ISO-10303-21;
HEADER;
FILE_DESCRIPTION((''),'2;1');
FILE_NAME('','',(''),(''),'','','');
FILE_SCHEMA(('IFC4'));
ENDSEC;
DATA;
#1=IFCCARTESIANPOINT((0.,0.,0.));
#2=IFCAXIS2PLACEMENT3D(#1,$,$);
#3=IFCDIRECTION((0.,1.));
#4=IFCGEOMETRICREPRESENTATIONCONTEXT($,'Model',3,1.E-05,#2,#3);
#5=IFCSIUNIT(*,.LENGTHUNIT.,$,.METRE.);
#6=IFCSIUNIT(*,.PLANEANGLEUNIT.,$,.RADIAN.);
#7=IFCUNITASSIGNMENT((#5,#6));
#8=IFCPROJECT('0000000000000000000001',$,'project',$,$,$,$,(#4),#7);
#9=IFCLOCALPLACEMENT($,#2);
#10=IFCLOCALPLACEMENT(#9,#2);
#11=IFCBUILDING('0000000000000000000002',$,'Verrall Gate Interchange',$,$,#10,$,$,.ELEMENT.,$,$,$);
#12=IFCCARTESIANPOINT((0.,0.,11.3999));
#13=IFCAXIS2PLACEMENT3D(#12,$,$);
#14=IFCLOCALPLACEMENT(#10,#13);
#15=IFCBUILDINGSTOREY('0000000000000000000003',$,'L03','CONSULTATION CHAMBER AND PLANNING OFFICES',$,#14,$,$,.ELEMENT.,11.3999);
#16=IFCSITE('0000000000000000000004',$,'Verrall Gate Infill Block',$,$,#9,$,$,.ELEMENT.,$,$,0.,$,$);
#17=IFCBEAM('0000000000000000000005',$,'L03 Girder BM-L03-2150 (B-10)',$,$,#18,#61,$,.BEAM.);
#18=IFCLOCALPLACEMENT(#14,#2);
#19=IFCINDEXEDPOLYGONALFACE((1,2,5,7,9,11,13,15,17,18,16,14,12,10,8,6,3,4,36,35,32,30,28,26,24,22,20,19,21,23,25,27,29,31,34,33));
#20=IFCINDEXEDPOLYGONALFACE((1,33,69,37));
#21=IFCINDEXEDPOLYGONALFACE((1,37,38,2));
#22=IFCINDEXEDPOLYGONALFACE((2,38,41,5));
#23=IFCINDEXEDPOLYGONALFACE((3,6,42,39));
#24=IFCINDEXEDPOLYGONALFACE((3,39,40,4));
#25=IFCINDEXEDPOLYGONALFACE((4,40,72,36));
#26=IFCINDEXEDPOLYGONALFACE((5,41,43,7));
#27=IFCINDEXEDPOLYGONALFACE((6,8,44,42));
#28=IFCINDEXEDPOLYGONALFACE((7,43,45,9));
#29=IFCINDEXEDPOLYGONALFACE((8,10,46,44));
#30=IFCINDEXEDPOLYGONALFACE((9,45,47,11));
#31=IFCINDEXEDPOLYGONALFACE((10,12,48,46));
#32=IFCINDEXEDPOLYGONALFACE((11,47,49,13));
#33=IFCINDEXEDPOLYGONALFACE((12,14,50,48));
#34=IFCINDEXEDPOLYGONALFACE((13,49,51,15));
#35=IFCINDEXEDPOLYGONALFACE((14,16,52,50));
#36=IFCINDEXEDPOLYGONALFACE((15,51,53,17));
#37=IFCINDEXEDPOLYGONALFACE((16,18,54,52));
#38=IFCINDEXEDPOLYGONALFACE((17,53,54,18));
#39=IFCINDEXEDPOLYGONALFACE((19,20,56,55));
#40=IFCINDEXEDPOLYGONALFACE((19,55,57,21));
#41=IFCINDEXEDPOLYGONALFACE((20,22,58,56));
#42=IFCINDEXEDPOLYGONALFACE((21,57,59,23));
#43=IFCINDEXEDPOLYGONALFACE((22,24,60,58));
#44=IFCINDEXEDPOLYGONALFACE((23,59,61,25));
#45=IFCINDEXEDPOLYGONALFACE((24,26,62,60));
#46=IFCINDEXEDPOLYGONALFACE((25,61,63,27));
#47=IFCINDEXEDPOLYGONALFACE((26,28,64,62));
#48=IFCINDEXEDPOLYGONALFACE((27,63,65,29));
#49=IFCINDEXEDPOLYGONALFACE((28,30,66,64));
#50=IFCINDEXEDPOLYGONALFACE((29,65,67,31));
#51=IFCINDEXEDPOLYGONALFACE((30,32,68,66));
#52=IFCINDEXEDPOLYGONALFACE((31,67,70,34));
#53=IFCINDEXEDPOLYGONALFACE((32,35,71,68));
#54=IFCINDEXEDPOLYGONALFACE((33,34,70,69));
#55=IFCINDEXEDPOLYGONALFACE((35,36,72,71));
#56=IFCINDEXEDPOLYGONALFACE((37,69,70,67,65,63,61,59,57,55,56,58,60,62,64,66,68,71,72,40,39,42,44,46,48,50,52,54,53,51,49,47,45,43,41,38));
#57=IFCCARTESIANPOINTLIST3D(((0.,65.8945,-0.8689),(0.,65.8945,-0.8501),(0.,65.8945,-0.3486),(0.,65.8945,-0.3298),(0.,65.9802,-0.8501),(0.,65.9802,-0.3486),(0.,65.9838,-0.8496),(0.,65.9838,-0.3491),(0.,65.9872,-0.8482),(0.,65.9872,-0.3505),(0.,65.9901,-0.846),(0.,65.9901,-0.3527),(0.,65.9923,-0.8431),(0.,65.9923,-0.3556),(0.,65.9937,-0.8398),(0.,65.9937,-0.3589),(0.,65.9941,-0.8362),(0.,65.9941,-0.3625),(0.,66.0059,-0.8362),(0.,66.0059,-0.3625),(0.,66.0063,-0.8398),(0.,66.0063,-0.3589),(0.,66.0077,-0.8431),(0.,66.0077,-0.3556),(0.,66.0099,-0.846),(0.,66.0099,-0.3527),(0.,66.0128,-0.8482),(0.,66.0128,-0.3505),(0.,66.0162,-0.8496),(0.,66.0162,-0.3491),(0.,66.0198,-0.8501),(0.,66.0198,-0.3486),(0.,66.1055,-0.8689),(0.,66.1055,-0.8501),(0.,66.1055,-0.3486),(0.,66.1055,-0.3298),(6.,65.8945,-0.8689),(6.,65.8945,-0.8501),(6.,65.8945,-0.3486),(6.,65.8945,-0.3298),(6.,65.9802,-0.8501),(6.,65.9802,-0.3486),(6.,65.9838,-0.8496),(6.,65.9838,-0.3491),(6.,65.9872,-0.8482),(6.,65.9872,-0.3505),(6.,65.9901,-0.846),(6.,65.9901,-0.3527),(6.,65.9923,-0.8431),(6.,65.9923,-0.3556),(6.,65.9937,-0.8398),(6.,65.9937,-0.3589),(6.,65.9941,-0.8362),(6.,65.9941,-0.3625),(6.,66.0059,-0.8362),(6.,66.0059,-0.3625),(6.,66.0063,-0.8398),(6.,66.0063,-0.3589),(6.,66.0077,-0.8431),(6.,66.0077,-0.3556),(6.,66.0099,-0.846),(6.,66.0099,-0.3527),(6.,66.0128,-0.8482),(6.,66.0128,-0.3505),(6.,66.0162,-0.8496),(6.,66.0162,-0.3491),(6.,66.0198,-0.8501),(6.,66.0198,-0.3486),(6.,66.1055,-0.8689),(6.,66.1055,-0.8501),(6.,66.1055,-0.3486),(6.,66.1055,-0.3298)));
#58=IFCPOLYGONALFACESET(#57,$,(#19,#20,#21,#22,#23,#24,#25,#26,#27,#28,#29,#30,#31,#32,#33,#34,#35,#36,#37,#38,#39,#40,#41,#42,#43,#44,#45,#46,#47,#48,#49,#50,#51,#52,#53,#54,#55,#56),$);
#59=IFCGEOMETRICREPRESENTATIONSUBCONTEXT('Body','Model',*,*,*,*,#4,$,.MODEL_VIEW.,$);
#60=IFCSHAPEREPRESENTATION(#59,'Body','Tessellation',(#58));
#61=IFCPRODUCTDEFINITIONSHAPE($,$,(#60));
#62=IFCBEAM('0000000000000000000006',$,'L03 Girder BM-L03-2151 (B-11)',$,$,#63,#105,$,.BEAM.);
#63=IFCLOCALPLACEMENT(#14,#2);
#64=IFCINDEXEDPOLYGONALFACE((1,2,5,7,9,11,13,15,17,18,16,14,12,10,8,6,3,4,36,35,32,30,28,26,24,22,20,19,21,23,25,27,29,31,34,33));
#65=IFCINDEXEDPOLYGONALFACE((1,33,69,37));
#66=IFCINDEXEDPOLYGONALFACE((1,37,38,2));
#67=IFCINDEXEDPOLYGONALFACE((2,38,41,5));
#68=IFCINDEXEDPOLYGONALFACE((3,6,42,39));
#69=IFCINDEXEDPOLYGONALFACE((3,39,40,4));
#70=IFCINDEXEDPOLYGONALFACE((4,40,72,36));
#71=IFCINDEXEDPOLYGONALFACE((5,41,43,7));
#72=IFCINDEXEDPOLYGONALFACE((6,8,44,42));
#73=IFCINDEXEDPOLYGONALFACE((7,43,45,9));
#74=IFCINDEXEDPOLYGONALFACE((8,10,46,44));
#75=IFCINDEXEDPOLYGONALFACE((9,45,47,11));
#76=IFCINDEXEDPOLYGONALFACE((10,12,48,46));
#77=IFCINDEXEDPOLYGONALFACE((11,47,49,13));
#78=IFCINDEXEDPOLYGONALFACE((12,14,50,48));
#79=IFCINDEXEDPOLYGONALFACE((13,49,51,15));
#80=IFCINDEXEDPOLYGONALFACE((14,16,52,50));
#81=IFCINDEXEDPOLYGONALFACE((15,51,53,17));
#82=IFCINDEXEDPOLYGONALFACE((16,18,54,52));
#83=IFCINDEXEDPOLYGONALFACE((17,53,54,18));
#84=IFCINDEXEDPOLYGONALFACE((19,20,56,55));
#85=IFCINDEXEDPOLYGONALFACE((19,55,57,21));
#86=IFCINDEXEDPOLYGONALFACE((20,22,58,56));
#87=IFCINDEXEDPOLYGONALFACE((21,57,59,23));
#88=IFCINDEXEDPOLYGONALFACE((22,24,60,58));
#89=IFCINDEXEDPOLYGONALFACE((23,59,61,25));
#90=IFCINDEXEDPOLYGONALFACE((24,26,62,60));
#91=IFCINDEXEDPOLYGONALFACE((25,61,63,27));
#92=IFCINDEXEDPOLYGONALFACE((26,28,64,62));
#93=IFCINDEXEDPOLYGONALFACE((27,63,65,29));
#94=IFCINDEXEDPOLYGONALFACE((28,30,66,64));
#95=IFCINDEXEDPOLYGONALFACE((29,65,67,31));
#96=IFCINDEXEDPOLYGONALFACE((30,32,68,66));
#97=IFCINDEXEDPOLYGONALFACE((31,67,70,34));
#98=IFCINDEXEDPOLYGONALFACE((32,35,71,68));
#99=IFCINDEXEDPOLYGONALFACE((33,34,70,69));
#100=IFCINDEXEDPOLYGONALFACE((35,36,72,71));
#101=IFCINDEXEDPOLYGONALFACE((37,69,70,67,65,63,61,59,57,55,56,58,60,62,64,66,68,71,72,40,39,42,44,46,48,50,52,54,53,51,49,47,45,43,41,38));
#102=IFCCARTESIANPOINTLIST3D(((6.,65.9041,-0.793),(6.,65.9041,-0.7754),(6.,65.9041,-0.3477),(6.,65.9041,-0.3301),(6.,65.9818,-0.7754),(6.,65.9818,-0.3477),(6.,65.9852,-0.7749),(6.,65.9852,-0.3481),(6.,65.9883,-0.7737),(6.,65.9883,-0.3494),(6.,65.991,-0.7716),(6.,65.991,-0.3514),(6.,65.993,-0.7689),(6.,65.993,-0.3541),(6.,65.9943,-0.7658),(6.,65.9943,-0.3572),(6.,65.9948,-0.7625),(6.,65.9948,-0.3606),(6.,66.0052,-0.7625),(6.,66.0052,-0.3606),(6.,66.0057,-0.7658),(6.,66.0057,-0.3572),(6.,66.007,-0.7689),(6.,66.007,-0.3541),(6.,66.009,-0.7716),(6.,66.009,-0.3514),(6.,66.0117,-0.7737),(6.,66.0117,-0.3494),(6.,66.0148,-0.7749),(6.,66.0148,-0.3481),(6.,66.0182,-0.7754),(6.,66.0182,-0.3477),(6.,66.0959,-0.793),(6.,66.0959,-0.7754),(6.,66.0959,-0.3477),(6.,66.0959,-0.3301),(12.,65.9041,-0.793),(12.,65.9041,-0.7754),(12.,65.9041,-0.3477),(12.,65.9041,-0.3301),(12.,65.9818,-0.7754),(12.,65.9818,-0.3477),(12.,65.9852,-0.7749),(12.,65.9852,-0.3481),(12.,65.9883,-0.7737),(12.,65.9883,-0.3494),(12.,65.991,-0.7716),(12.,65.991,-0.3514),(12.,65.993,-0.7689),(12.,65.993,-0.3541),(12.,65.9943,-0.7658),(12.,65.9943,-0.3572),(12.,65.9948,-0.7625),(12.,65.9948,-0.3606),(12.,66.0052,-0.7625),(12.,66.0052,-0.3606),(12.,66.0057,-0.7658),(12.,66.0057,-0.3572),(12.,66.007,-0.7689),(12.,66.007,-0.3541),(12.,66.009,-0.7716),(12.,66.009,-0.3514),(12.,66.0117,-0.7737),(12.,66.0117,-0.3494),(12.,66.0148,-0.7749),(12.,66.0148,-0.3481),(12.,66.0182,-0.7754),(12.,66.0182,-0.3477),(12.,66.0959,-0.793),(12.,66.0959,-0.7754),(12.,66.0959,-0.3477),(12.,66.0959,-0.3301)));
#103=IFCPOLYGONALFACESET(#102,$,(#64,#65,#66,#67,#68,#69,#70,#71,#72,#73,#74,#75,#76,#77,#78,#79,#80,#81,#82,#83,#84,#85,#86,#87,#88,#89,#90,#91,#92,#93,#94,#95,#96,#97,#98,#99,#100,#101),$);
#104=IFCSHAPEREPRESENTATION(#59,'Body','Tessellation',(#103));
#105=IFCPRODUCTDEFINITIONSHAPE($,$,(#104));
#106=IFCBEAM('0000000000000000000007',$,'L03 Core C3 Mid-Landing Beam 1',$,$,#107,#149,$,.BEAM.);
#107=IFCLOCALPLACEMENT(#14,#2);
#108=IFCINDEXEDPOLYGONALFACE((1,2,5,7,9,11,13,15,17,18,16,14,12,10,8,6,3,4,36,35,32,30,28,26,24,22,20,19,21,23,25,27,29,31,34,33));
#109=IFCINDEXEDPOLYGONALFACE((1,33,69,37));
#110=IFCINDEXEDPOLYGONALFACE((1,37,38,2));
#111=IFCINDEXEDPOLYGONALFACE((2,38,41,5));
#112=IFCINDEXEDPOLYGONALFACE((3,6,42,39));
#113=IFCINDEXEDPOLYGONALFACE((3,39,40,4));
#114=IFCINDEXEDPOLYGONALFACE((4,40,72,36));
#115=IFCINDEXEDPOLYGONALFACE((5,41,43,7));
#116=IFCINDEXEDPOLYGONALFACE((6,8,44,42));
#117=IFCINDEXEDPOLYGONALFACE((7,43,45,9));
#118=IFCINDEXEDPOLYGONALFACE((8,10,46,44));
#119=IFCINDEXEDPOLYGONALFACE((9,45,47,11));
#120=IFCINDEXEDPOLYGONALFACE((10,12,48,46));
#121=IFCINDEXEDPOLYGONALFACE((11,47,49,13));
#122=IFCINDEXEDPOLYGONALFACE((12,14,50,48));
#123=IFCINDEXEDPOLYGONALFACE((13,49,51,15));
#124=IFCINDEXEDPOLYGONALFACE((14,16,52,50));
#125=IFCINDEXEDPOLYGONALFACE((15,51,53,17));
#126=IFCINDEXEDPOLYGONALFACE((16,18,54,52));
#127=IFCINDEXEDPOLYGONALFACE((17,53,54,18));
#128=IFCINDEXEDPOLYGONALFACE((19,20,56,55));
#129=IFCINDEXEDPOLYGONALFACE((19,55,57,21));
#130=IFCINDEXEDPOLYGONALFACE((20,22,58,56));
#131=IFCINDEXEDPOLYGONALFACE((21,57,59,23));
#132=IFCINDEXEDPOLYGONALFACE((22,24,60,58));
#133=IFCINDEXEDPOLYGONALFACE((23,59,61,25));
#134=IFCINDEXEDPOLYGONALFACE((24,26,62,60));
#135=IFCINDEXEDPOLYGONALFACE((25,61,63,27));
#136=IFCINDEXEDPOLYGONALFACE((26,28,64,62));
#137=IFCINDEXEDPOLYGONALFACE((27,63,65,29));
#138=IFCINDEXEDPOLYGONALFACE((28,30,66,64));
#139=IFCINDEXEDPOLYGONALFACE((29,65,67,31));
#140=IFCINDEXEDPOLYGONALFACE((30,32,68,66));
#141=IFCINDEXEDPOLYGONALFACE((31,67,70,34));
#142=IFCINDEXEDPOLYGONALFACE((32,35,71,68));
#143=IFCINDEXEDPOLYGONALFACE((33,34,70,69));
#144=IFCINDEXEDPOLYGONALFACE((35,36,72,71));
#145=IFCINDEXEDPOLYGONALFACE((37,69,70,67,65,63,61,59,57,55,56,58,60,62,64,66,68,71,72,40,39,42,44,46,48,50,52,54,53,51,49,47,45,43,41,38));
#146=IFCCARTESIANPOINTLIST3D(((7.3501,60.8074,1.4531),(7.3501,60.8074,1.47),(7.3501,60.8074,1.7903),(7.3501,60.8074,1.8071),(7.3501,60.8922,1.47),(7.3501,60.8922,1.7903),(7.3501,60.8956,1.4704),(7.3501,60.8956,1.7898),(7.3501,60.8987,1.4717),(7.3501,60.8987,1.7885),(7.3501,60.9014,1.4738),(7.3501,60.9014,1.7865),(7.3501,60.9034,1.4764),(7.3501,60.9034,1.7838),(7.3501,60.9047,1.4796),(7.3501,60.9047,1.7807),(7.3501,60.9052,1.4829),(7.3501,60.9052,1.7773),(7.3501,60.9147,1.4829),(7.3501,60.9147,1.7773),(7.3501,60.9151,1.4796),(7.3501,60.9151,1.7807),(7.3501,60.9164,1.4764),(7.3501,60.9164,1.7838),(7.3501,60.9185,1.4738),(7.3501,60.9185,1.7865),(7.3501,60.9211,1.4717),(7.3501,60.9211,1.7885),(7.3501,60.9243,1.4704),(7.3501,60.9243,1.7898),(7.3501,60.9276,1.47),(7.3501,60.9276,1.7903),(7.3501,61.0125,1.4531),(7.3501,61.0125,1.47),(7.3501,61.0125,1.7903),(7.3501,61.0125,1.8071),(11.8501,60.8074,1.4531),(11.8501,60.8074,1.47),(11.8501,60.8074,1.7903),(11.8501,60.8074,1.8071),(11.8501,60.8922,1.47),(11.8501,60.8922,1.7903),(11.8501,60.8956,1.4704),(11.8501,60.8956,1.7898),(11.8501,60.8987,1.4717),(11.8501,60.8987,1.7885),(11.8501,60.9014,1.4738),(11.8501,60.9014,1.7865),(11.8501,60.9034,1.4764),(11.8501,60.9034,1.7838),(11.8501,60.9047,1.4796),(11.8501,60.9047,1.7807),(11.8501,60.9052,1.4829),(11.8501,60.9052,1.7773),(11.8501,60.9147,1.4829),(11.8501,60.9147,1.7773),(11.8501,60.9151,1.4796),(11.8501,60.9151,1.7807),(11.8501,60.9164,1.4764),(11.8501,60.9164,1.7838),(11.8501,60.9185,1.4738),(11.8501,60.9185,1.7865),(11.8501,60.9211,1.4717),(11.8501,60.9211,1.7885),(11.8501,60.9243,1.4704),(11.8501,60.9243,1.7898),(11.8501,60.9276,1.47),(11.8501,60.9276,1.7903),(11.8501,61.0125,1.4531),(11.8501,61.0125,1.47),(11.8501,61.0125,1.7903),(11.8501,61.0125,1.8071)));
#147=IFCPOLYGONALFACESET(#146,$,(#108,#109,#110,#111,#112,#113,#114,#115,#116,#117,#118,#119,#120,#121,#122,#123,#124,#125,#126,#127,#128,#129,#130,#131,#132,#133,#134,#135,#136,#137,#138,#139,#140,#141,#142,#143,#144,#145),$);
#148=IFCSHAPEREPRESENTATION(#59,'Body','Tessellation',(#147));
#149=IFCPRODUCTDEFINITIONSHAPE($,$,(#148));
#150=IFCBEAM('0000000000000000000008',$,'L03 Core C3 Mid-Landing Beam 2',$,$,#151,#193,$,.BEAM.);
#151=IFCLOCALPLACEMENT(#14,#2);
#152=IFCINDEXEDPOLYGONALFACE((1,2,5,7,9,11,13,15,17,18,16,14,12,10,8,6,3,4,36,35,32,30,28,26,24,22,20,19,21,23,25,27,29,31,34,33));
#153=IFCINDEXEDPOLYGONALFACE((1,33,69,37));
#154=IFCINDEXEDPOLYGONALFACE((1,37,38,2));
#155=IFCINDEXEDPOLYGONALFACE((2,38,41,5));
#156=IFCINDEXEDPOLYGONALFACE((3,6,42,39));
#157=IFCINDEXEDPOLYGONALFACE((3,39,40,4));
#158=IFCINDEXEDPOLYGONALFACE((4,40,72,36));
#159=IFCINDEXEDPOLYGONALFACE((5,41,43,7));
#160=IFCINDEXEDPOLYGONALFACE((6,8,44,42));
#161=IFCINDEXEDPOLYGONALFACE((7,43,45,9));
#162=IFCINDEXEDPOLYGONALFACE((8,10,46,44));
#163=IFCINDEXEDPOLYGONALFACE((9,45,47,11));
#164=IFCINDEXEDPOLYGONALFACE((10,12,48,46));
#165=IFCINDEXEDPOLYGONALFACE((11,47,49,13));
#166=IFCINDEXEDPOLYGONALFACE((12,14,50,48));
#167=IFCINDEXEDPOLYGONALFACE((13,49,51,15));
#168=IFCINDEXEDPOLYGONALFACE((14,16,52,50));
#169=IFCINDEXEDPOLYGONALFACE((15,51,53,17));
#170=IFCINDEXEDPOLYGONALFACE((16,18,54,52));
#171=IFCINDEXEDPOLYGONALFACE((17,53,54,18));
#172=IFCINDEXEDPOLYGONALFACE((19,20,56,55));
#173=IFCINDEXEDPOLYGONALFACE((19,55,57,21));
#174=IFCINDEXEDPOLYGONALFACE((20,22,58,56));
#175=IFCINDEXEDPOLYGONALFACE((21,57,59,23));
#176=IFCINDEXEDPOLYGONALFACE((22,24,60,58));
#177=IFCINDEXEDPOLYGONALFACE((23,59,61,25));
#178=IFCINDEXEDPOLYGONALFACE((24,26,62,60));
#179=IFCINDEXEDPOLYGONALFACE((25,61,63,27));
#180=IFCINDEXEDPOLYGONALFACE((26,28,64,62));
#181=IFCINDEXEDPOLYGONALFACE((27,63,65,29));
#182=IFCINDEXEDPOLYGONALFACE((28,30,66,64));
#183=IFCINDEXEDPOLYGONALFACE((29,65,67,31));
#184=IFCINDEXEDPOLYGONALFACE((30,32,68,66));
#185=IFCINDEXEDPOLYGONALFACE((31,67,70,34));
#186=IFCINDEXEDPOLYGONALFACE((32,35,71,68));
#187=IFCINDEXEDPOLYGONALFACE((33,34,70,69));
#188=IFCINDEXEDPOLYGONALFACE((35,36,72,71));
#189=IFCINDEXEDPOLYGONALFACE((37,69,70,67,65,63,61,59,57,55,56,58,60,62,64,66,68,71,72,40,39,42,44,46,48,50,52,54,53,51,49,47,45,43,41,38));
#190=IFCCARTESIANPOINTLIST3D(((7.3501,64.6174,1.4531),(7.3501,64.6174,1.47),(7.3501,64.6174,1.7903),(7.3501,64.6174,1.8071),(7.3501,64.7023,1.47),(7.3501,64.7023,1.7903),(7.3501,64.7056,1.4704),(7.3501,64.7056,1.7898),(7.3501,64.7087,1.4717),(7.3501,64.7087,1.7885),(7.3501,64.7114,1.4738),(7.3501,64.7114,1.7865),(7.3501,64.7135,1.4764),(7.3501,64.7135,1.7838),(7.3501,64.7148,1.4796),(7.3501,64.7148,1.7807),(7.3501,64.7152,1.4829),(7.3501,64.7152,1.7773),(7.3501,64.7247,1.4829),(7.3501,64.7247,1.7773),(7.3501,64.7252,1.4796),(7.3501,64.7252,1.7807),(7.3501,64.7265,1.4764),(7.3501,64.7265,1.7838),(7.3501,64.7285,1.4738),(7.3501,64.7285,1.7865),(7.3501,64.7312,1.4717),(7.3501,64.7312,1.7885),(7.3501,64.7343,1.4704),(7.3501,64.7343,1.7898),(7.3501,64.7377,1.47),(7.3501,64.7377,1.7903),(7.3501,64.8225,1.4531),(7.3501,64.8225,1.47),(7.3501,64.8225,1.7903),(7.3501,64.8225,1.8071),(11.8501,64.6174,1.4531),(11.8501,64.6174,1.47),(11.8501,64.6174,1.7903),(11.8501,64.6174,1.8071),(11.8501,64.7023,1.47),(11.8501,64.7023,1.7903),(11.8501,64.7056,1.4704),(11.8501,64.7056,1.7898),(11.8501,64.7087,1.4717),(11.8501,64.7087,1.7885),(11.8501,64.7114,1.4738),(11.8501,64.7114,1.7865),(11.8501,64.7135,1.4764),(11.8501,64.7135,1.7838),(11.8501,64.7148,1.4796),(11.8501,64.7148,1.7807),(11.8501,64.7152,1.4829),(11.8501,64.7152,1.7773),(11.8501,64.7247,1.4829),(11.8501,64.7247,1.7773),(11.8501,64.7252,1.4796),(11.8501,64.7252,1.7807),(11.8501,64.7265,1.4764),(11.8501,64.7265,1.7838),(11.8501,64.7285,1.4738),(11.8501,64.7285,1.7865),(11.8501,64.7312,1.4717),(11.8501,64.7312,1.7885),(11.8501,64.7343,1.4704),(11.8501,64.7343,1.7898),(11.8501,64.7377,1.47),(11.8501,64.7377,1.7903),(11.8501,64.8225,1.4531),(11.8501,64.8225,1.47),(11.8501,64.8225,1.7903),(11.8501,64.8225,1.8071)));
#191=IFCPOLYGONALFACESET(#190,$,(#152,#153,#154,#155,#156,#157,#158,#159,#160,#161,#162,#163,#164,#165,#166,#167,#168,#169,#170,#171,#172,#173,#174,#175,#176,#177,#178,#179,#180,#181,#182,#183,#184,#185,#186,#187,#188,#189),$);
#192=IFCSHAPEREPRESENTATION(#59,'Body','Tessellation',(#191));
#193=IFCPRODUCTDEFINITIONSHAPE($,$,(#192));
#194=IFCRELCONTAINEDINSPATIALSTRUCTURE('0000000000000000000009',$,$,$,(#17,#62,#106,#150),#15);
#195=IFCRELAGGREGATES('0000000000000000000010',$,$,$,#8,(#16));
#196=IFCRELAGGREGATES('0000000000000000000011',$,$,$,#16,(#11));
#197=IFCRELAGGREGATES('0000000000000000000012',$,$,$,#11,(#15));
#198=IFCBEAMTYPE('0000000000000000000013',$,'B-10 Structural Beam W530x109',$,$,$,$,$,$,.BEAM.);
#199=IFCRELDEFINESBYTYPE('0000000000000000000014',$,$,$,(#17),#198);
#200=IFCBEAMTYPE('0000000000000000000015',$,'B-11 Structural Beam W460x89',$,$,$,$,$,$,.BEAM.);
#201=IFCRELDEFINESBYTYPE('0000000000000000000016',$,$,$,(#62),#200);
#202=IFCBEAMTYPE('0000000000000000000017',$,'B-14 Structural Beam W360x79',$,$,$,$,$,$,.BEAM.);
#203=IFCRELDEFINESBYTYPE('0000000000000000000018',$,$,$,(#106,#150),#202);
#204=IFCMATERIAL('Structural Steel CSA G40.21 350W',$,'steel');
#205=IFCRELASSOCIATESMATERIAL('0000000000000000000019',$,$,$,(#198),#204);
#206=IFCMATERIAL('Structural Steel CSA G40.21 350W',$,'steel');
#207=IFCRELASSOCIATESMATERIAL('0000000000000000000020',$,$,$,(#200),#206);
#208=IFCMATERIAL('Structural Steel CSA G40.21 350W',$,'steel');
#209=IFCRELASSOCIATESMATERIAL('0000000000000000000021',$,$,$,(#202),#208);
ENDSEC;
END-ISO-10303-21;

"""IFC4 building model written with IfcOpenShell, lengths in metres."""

from ifc_helpers import new_model, si_unit, direction, frame, origin, origin_2d, place, context, subcontext, project, spatial, i_section, extrude, material, material_profile, profile_set, type_object, element, save


model = new_model("IFC4")

# Units and contexts
model_context = context("Model", 3, precision=1e-05, world=origin(), true_north=direction((0.0, 1.0)))
body_context = subcontext(model_context, "Body", "Model", "MODEL_VIEW")
ifc_project = project(units=[si_unit("LENGTHUNIT", "METRE"), si_unit("PLANEANGLEUNIT", "RADIAN")], contexts=[model_context])

# Site, building, storey
site_placement = place(None, origin())
site = spatial("IfcSite", under=ifc_project, at=site_placement, Name="Verrall Gate Infill Block", CompositionType="ELEMENT", RefElevation=0.0)
building_placement = place(site_placement, origin())
building = spatial("IfcBuilding", under=site, at=building_placement, Name="Verrall Gate Interchange", CompositionType="ELEMENT")
storey_placement = place(building_placement, frame((0.0, 0.0, 11.3999)))
storey = spatial("IfcBuildingStorey", under=building, at=storey_placement, Name="L03", Description="CONSULTATION CHAMBER AND PLANNING OFFICES", CompositionType="ELEMENT", Elevation=11.3999)

# Beams
ifc_material_1 = material(Name="Structural Steel CSA G40.21 350W", Category="steel")
ifc_material_profile_1 = material_profile(ifc_material_1, i_section(OverallWidth=0.2109, OverallDepth=0.5391, WebThickness=0.0117, FlangeThickness=0.0188, FilletRadius=0.0139, at=origin_2d()), Name="W530x109")
ifc_profile_set_1 = profile_set([ifc_material_profile_1], Name="Structural Steel CSA G40.21 350W")
beam_type_1 = type_object("IfcBeamType", Name="B-10 Structural Beam W530x109", PredefinedType="BEAM", material=ifc_profile_set_1)
for number, where, z_axis, x_axis, name in (
    (1, (0.0, 66.0, -0.5994), (1.0, 0.0, 0.0), (0.0, 1.0, 0.0), "L03 Girder BM-L03-2150 (B-10)"),
):
    element("IfcBeam", number, at=place(storey_placement, frame(where, z_axis=z_axis, x_axis=x_axis)), inside=storey, type_object=beam_type_1, Name=name, PredefinedType="BEAM", context=body_context, shape_type="SweptSolid", body=[
        extrude(i_section(OverallWidth=0.2109, OverallDepth=0.5391, WebThickness=0.0117, FlangeThickness=0.0188, FilletRadius=0.0139, at=origin_2d()), origin(), (0.0, 0.0, 1.0), 6.0),
    ])
ifc_material_2 = material(Name="Structural Steel CSA G40.21 350W", Category="steel")
ifc_material_profile_2 = material_profile(ifc_material_2, i_section(OverallWidth=0.1919, OverallDepth=0.4629, WebThickness=0.0105, FlangeThickness=0.0176, FilletRadius=0.0129, at=origin_2d()), Name="W460x89")
ifc_profile_set_2 = profile_set([ifc_material_profile_2], Name="Structural Steel CSA G40.21 350W")
beam_type_2 = type_object("IfcBeamType", Name="B-11 Structural Beam W460x89", PredefinedType="BEAM", material=ifc_profile_set_2)
beam_1_placement = place(storey_placement, frame((6.0, 66.0, -0.5615), z_axis=(1.0, 0.0, 0.0), x_axis=(0.0, 1.0, 0.0)))
element("IfcBeam", 2, at=beam_1_placement, inside=storey, type_object=beam_type_2, Name="L03 Girder BM-L03-2151 (B-11)", PredefinedType="BEAM", context=body_context, shape_type="SweptSolid", body=[
    extrude(i_section(OverallWidth=0.1919, OverallDepth=0.4629, WebThickness=0.0105, FlangeThickness=0.0176, FilletRadius=0.0129, at=origin_2d()), origin(), (0.0, 0.0, 1.0), 6.0),
])
ifc_material_3 = material(Name="Structural Steel CSA G40.21 350W", Category="steel")
ifc_material_profile_3 = material_profile(ifc_material_3, i_section(OverallWidth=0.2051, OverallDepth=0.354, WebThickness=0.0095, FlangeThickness=0.0168, FilletRadius=0.0129, at=origin_2d()), Name="W360x79")
ifc_profile_set_3 = profile_set([ifc_material_profile_3], Name="Structural Steel CSA G40.21 350W")
beam_type_3 = type_object("IfcBeamType", Name="B-14 Structural Beam W360x79", PredefinedType="BEAM", material=ifc_profile_set_3)
for number, where, z_axis, x_axis, name in (
    (3, (7.3501, 60.9099, 1.6301), (1.0, 0.0, 0.0), (0.0, 1.0, 0.0), "L03 Core C3 Mid-Landing Beam 1"),
    (4, (7.3501, 64.72, 1.6301), (1.0, 0.0, 0.0), (0.0, 1.0, 0.0), "L03 Core C3 Mid-Landing Beam 2"),
):
    element("IfcBeam", number, at=place(storey_placement, frame(where, z_axis=z_axis, x_axis=x_axis)), inside=storey, type_object=beam_type_3, Name=name, PredefinedType="BEAM", context=body_context, shape_type="SweptSolid", body=[
        extrude(i_section(OverallWidth=0.2051, OverallDepth=0.354, WebThickness=0.0095, FlangeThickness=0.0168, FilletRadius=0.0129, at=origin_2d()), origin(), (0.0, 0.0, 1.0), 4.5),
    ])

save(model, "model.ifc")
